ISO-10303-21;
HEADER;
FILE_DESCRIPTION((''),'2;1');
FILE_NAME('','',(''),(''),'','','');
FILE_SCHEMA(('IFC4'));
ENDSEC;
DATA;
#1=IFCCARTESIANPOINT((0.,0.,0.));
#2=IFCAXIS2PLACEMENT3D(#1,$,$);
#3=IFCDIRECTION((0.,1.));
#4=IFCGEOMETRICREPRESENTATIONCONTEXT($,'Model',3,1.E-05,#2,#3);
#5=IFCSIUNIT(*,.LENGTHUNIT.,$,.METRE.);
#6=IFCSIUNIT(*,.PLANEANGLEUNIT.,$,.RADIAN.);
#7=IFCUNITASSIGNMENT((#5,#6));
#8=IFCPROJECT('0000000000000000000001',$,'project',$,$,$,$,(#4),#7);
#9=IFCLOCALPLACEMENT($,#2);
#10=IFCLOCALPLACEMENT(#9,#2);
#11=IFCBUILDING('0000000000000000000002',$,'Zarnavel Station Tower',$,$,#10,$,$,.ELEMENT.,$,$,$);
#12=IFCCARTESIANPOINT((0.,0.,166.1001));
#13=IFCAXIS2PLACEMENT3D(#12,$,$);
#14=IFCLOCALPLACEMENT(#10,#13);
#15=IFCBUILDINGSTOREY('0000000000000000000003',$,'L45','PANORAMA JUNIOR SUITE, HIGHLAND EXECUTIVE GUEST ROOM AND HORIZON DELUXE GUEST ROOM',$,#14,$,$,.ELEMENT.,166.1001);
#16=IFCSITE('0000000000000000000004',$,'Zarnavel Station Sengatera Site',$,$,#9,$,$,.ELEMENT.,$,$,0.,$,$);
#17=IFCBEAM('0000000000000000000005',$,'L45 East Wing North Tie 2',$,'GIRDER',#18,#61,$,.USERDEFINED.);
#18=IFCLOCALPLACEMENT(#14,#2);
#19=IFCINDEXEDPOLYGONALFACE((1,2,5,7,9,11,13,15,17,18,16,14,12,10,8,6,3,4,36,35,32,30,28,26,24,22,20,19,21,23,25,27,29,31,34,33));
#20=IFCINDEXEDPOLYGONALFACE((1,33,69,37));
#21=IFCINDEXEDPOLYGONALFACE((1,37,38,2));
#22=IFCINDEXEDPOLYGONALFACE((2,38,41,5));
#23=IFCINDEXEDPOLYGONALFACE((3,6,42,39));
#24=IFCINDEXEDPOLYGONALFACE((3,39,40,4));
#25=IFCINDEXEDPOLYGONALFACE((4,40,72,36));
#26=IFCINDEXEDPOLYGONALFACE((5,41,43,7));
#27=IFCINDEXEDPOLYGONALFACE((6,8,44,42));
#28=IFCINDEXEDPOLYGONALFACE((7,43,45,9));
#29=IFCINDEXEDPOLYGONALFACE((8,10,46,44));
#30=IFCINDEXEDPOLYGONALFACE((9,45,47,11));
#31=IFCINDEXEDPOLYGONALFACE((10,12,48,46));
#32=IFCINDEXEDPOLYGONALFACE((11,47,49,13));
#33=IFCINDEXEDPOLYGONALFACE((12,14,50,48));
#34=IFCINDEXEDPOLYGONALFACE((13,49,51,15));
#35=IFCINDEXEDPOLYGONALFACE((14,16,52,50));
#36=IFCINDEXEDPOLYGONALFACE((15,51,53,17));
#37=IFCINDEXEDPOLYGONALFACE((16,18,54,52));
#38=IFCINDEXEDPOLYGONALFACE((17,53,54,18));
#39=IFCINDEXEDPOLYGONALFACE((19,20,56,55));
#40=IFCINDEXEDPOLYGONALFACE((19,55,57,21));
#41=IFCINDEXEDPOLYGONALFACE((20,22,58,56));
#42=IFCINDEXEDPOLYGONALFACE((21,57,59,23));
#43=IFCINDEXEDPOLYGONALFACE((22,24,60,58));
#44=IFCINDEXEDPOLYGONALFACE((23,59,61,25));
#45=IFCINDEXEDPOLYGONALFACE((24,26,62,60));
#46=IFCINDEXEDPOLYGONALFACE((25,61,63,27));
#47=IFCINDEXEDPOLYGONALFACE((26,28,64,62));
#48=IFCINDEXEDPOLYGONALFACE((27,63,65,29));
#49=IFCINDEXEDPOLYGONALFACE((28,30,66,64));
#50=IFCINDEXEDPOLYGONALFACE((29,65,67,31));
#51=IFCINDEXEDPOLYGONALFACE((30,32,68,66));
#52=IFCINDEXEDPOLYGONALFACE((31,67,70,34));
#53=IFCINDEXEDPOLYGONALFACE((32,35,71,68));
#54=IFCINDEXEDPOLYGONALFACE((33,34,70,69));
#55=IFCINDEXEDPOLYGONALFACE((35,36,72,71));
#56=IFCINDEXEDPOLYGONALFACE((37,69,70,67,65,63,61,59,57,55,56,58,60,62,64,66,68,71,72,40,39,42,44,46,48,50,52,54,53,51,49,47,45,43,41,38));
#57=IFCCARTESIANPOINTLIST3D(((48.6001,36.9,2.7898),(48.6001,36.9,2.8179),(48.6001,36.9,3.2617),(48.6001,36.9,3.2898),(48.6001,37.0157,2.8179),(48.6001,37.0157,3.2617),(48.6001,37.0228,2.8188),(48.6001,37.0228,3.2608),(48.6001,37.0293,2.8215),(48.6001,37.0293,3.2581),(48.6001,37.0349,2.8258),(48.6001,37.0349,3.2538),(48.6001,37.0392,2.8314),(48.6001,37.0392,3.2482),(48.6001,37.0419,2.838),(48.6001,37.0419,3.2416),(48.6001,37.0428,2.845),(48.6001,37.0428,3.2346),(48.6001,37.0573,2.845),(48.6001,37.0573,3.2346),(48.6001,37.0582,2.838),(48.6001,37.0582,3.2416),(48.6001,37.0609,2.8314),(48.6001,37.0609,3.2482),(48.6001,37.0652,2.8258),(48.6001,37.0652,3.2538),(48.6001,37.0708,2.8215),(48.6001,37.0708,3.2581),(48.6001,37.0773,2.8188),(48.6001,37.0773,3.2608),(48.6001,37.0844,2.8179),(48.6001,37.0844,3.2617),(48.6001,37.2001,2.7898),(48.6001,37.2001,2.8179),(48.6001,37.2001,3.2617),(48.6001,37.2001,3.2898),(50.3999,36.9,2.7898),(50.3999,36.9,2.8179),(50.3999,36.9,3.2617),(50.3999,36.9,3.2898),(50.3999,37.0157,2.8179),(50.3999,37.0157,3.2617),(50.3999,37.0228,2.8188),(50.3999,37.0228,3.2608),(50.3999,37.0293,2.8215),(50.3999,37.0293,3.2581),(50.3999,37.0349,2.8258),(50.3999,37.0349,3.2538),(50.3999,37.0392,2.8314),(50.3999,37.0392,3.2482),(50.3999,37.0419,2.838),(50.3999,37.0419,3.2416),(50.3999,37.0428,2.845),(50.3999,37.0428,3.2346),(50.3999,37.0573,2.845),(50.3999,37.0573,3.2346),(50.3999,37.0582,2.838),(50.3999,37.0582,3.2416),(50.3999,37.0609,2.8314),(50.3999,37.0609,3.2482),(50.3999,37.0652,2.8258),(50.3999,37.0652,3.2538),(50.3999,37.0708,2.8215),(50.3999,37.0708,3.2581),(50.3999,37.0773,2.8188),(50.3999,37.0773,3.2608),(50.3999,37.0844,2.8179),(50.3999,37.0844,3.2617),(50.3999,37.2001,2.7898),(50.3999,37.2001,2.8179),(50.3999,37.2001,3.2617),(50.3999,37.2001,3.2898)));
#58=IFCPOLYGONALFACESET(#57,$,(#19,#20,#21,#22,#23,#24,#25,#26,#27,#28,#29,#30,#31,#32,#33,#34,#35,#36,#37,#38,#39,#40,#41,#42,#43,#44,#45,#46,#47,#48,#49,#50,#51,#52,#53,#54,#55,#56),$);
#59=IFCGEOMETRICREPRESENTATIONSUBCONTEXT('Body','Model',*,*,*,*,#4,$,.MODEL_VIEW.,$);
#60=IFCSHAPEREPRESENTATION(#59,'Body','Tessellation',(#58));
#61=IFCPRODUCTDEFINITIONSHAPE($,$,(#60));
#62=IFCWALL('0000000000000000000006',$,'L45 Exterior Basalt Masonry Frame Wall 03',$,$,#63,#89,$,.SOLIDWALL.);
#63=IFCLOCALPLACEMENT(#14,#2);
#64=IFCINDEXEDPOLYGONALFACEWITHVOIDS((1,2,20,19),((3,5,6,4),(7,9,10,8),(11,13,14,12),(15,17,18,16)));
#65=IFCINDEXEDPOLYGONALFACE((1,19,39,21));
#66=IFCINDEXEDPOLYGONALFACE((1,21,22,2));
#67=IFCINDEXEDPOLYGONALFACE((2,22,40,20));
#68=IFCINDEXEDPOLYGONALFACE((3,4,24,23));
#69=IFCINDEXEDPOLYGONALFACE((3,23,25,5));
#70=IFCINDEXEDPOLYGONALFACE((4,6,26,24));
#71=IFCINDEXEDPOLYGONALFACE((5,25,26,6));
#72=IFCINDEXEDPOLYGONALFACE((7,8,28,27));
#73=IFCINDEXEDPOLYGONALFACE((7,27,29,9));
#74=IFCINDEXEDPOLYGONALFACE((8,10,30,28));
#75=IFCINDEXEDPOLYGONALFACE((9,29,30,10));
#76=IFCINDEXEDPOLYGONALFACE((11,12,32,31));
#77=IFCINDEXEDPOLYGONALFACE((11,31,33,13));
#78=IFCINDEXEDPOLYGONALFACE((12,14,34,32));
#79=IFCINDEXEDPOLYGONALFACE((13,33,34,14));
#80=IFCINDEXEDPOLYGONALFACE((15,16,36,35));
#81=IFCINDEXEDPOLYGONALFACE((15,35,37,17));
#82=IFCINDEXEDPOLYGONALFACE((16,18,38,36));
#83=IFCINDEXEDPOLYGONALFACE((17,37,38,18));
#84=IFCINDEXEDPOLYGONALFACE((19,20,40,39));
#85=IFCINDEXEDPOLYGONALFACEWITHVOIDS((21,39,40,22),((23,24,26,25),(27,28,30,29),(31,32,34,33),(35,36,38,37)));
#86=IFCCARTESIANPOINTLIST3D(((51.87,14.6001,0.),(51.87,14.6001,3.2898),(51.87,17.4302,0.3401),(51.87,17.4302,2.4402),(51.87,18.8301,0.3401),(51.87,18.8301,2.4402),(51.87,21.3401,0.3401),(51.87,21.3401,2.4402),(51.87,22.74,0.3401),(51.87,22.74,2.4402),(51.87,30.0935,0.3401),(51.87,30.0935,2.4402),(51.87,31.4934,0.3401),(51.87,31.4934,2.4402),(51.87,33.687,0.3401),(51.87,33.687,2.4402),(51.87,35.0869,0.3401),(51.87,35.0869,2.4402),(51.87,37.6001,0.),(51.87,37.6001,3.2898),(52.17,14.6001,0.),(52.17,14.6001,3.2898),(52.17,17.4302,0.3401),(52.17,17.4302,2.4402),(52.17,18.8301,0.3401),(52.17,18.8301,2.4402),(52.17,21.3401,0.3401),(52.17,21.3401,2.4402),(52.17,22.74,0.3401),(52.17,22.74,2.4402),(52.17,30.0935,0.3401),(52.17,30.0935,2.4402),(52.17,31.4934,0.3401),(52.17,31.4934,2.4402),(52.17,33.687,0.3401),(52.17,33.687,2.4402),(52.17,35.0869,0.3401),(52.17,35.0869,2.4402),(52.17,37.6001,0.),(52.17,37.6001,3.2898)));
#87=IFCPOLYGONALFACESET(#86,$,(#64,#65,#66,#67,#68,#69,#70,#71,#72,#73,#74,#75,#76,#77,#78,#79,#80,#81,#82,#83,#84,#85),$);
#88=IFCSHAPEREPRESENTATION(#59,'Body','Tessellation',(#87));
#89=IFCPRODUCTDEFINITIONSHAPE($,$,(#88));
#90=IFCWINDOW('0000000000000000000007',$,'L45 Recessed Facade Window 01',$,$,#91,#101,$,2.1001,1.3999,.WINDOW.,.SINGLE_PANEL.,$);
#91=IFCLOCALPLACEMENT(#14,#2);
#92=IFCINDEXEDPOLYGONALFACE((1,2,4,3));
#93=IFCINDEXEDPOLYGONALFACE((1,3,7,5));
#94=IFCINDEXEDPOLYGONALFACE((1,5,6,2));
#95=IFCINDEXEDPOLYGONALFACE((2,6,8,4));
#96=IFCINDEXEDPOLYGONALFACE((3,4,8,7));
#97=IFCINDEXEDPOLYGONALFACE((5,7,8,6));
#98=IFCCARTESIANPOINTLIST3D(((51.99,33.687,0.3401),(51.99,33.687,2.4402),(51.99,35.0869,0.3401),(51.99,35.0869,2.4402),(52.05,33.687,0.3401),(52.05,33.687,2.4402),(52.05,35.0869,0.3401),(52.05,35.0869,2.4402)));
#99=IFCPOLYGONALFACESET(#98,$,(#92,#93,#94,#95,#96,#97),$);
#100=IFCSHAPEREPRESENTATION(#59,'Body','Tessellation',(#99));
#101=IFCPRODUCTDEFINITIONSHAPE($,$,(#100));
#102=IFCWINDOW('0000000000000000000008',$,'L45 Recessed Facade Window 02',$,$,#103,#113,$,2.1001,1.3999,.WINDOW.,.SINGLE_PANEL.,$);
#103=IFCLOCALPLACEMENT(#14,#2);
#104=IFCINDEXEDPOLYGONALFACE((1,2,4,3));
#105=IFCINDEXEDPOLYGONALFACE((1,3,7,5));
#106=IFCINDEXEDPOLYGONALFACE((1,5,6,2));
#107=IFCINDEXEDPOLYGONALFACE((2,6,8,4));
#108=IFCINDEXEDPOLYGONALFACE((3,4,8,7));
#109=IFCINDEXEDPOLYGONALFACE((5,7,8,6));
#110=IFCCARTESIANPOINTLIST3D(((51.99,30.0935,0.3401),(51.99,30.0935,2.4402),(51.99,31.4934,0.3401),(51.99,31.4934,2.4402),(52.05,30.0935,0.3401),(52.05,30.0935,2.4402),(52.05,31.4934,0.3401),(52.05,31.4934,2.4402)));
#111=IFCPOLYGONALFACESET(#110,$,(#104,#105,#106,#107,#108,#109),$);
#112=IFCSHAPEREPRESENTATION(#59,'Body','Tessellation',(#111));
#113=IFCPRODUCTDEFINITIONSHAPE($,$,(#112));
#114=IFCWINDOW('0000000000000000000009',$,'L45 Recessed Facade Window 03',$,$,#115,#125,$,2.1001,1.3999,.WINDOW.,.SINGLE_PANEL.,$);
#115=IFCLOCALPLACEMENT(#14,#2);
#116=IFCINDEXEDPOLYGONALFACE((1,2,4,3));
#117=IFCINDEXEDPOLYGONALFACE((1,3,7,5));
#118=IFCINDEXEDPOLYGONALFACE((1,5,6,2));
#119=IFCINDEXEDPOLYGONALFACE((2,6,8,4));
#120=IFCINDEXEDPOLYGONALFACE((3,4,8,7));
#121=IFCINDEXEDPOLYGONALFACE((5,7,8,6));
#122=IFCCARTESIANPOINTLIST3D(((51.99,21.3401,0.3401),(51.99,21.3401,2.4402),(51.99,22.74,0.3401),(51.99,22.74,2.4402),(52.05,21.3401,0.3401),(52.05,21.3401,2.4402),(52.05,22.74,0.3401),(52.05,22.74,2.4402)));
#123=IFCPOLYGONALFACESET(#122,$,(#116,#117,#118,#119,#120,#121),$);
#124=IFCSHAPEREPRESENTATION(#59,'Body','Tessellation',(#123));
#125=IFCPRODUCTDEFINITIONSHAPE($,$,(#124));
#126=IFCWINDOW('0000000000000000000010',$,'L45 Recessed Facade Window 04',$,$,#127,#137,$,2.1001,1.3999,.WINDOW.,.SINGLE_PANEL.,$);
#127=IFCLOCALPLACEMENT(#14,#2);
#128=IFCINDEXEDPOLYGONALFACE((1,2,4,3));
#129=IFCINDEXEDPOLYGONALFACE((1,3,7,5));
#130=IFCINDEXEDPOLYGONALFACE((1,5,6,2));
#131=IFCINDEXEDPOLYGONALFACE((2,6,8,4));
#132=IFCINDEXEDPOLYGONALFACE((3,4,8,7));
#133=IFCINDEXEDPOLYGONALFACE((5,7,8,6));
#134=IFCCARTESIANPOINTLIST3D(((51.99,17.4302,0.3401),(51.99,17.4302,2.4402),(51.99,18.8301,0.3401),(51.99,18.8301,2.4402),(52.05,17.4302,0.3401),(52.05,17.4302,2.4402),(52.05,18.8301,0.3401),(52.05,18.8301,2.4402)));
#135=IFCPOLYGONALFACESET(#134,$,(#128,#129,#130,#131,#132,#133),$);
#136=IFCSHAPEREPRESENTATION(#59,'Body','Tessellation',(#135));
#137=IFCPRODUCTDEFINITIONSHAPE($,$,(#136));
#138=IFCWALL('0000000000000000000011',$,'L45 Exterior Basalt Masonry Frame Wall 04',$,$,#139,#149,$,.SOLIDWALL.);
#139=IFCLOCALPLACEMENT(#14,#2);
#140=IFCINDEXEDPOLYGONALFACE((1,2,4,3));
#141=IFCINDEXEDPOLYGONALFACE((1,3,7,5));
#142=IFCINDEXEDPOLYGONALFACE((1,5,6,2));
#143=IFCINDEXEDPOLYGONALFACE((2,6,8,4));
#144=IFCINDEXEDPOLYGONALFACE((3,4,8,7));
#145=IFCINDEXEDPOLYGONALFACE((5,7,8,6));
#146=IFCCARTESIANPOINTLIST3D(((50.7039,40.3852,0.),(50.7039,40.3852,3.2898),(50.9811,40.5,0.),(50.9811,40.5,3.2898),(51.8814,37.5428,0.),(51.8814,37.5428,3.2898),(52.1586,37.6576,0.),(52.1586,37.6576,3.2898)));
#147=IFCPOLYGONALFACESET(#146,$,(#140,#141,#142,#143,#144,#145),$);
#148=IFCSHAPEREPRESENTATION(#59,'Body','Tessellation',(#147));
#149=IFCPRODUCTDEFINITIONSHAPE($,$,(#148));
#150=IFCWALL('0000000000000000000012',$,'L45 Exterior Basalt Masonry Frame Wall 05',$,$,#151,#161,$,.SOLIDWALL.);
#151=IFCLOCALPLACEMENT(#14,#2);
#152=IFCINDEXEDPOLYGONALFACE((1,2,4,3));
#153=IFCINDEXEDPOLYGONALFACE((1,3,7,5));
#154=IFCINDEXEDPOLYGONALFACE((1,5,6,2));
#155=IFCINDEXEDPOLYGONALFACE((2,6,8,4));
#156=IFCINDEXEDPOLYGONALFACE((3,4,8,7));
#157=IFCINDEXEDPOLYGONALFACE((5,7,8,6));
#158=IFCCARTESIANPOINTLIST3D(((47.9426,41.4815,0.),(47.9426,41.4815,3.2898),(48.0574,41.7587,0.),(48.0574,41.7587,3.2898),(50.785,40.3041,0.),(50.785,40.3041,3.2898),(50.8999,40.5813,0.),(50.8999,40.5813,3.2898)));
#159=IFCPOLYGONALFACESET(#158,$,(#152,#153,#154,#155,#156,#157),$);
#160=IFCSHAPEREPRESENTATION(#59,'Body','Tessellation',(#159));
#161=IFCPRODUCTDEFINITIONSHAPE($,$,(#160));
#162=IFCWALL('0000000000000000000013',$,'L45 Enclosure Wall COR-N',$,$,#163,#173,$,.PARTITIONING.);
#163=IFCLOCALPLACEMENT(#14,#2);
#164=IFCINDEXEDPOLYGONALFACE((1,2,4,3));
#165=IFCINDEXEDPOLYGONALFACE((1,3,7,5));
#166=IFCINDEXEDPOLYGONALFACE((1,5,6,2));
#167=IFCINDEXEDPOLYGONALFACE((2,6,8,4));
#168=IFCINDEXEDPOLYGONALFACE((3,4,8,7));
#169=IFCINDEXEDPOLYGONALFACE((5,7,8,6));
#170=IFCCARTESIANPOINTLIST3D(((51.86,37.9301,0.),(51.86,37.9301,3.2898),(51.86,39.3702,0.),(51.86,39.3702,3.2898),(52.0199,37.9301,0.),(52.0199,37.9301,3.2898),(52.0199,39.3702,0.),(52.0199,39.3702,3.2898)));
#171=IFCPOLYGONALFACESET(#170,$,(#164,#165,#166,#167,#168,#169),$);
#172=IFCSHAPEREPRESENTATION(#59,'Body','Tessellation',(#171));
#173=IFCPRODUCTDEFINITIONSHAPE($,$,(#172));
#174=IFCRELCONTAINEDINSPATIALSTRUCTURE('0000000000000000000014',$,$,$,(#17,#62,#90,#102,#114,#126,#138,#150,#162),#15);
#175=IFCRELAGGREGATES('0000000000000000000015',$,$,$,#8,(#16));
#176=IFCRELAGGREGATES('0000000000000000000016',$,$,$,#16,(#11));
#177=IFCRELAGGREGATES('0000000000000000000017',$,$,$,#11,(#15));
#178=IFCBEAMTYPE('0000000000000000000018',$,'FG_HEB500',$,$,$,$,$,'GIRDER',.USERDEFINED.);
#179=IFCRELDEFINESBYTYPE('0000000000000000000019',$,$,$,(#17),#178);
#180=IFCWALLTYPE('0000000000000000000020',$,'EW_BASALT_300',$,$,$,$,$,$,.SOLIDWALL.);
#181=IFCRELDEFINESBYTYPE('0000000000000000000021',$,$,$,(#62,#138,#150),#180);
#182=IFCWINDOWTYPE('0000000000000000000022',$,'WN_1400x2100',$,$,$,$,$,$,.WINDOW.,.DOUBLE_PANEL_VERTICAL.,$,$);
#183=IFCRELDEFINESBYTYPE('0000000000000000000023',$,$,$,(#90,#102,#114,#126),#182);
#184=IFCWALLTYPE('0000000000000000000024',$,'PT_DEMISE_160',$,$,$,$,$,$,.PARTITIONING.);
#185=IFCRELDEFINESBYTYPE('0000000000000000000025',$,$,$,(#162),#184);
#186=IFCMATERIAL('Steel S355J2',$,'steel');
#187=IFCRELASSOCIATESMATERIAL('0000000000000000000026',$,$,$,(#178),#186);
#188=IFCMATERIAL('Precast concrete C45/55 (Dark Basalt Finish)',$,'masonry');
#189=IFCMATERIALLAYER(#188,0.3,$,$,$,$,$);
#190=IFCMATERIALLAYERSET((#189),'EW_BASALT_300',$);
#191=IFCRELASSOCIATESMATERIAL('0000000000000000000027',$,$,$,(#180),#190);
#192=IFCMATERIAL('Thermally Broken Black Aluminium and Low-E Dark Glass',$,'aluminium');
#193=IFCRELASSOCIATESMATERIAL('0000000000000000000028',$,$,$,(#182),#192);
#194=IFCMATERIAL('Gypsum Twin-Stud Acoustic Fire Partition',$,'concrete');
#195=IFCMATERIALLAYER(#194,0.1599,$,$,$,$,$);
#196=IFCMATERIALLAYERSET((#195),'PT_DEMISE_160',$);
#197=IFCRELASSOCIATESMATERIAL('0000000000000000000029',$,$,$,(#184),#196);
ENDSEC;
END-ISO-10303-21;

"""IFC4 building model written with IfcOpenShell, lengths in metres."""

from ifc_helpers import new_model, si_unit, direction, frame, frame_2d, origin, origin_2d, place, context, subcontext, project, spatial, rectangle, i_section, extrude, material, layer, layer_set, material_profile, profile_set, type_object, element, fill, save


model = new_model("IFC4")

# Units and contexts
model_context = context("Model", 3, precision=1e-05, world=origin(), true_north=direction((0.0, 1.0)))
body_context = subcontext(model_context, "Body", "Model", "MODEL_VIEW")
ifc_project = project(units=[si_unit("LENGTHUNIT", "METRE"), si_unit("PLANEANGLEUNIT", "RADIAN")], contexts=[model_context])

# Site, building, storey
site_placement = place(None, origin())
site = spatial("IfcSite", under=ifc_project, at=site_placement, Name="Zarnavel Station Sengatera Site", CompositionType="ELEMENT", RefElevation=0.0)
building_placement = place(site_placement, origin())
building = spatial("IfcBuilding", under=site, at=building_placement, Name="Zarnavel Station Tower", CompositionType="ELEMENT")
storey_placement = place(building_placement, frame((0.0, 0.0, 166.1001)))
storey = spatial("IfcBuildingStorey", under=building, at=storey_placement, Name="L45", Description="PANORAMA JUNIOR SUITE, HIGHLAND EXECUTIVE GUEST ROOM AND HORIZON DELUXE GUEST ROOM", CompositionType="ELEMENT", Elevation=166.1001)

# Beam
ifc_material_1 = material(Name="Steel S355J2", Category="steel")
ifc_material_profile_1 = material_profile(ifc_material_1, i_section(OverallWidth=0.3, OverallDepth=0.5, WebThickness=0.0144, FlangeThickness=0.0281, FilletRadius=0.0271, at=origin_2d()), Name="HEB500")
ifc_profile_set_1 = profile_set([ifc_material_profile_1], Name="Steel S355J2")
beam_type = type_object("IfcBeamType", Name="FG_HEB500", ElementType="GIRDER", PredefinedType="USERDEFINED", material=ifc_profile_set_1)
beam_1_placement = place(storey_placement, frame((48.6001, 37.05, 3.0398), z_axis=(1.0, 0.0, 0.0), x_axis=(0.0, 1.0, 0.0)))
element("IfcBeam", 1, at=beam_1_placement, inside=storey, type_object=beam_type, Name="L45 East Wing North Tie 2", ObjectType="GIRDER", PredefinedType="USERDEFINED", context=body_context, shape_type="SweptSolid", body=[
    extrude(i_section(OverallWidth=0.3, OverallDepth=0.5, WebThickness=0.0144, FlangeThickness=0.0281, FilletRadius=0.0271, at=origin_2d()), origin(), (0.0, 0.0, 1.0), 1.7998),
])

# Wall, openings, windows
ifc_material_2 = material(Name="Precast concrete C45/55 (Dark Basalt Finish)", Category="masonry")
ifc_layer_1 = layer(ifc_material_2, 0.3)
ifc_layer_set_1 = layer_set([ifc_layer_1], Name="EW_BASALT_300")
wall_type_1 = type_object("IfcWallType", Name="EW_BASALT_300", PredefinedType="SOLIDWALL", material=ifc_layer_set_1)
wall_1_placement = place(storey_placement, frame((52.02, 37.6001, 0.0), z_axis=(0.0, 0.0, 1.0), x_axis=(0.0, -1.0, 0.0)))
wall_1 = element("IfcWall", 2, at=wall_1_placement, inside=storey, type_object=wall_type_1, Name="L45 Exterior Basalt Masonry Frame Wall 03", PredefinedType="SOLIDWALL", context=body_context, shape_type="SweptSolid", body=[
    extrude(rectangle(XDim=23.0, YDim=0.3, at=frame_2d((11.5, 0.0))), origin(), (0.0, 0.0, 1.0), 3.2898),
])
opening_1_placement = place(wall_1_placement, frame((2.5132, 0.0, 0.3401)))
opening_1 = element("IfcOpeningElement", 3, at=opening_1_placement, cuts=wall_1, PredefinedType="OPENING", context=body_context, shape_type="SweptSolid", body=[
    extrude(rectangle(XDim=1.3999, YDim=2.1001, at=frame_2d((0.7, 1.05))), frame((0.0, 0.1599, 0.0), z_axis=(0.0, -1.0, 0.0), x_axis=(1.0, 0.0, 0.0)), (0.0, 0.0, 1.0), 0.3201),
])
opening_2_placement = place(wall_1_placement, frame((6.1067, 0.0, 0.3401)))
opening_2 = element("IfcOpeningElement", 4, at=opening_2_placement, cuts=wall_1, PredefinedType="OPENING", context=body_context, shape_type="SweptSolid", body=[
    extrude(rectangle(XDim=1.3999, YDim=2.1001, at=frame_2d((0.7, 1.05))), frame((0.0, 0.1599, 0.0), z_axis=(0.0, -1.0, 0.0), x_axis=(1.0, 0.0, 0.0)), (0.0, 0.0, 1.0), 0.3201),
])
opening_3_placement = place(wall_1_placement, frame((14.8601, 0.0, 0.3401)))
opening_3 = element("IfcOpeningElement", 5, at=opening_3_placement, cuts=wall_1, PredefinedType="OPENING", context=body_context, shape_type="SweptSolid", body=[
    extrude(rectangle(XDim=1.3999, YDim=2.1001, at=frame_2d((0.7, 1.05))), frame((0.0, 0.1599, 0.0), z_axis=(0.0, -1.0, 0.0), x_axis=(1.0, 0.0, 0.0)), (0.0, 0.0, 1.0), 0.3201),
])
opening_4_placement = place(wall_1_placement, frame((18.77, 0.0, 0.3401)))
opening_4 = element("IfcOpeningElement", 6, at=opening_4_placement, cuts=wall_1, PredefinedType="OPENING", context=body_context, shape_type="SweptSolid", body=[
    extrude(rectangle(XDim=1.3999, YDim=2.1001, at=frame_2d((0.7, 1.05))), frame((0.0, 0.1599, 0.0), z_axis=(0.0, -1.0, 0.0), x_axis=(1.0, 0.0, 0.0)), (0.0, 0.0, 1.0), 0.3201),
])
ifc_material_3 = material(Name="Thermally Broken Black Aluminium and Low-E Dark Glass", Category="aluminium")
window_type = type_object("IfcWindowType", Name="WN_1400x2100", PartitioningType="DOUBLE_PANEL_VERTICAL", PredefinedType="WINDOW", material=ifc_material_3)
window_1_placement = place(opening_1_placement, origin())
window_1 = element("IfcWindow", 7, at=window_1_placement, inside=storey, type_object=window_type, Name="L45 Recessed Facade Window 01", OverallHeight=2.1001, OverallWidth=1.3999, PartitioningType="SINGLE_PANEL", PredefinedType="WINDOW", context=body_context, shape_type="SweptSolid", body=[
    extrude(rectangle(XDim=1.3999, YDim=2.1001, at=frame_2d((0.7, 1.05))), frame((0.0, 0.03, 0.0), z_axis=(0.0, -1.0, 0.0), x_axis=(1.0, 0.0, 0.0)), (0.0, 0.0, 1.0), 0.0601),
])
fill(opening_1, window_1)
window_2_placement = place(opening_2_placement, origin())
window_2 = element("IfcWindow", 8, at=window_2_placement, inside=storey, type_object=window_type, Name="L45 Recessed Facade Window 02", OverallHeight=2.1001, OverallWidth=1.3999, PartitioningType="SINGLE_PANEL", PredefinedType="WINDOW", context=body_context, shape_type="SweptSolid", body=[
    extrude(rectangle(XDim=1.3999, YDim=2.1001, at=frame_2d((0.7, 1.05))), frame((0.0, 0.03, 0.0), z_axis=(0.0, -1.0, 0.0), x_axis=(1.0, 0.0, 0.0)), (0.0, 0.0, 1.0), 0.0601),
])
fill(opening_2, window_2)
window_3_placement = place(opening_3_placement, origin())
window_3 = element("IfcWindow", 9, at=window_3_placement, inside=storey, type_object=window_type, Name="L45 Recessed Facade Window 03", OverallHeight=2.1001, OverallWidth=1.3999, PartitioningType="SINGLE_PANEL", PredefinedType="WINDOW", context=body_context, shape_type="SweptSolid", body=[
    extrude(rectangle(XDim=1.3999, YDim=2.1001, at=frame_2d((0.7, 1.05))), frame((0.0, 0.03, 0.0), z_axis=(0.0, -1.0, 0.0), x_axis=(1.0, 0.0, 0.0)), (0.0, 0.0, 1.0), 0.0601),
])
fill(opening_3, window_3)
window_4_placement = place(opening_4_placement, origin())
window_4 = element("IfcWindow", 10, at=window_4_placement, inside=storey, type_object=window_type, Name="L45 Recessed Facade Window 04", OverallHeight=2.1001, OverallWidth=1.3999, PartitioningType="SINGLE_PANEL", PredefinedType="WINDOW", context=body_context, shape_type="SweptSolid", body=[
    extrude(rectangle(XDim=1.3999, YDim=2.1001, at=frame_2d((0.7, 1.05))), frame((0.0, 0.03, 0.0), z_axis=(0.0, -1.0, 0.0), x_axis=(1.0, 0.0, 0.0)), (0.0, 0.0, 1.0), 0.0601),
])
fill(opening_4, window_4)

# Walls
for number, where, z_axis, x_axis, name in (
    (11, (50.8425, 40.4426, 0.0), (0.0, 0.0, 1.0), (0.382705, -0.923871, 0.0), "L45 Exterior Basalt Masonry Frame Wall 04"),
    (12, (48.0, 41.6201, 0.0), (0.0, 0.0, 1.0), (0.923871, -0.382705, 0.0), "L45 Exterior Basalt Masonry Frame Wall 05"),
):
    element("IfcWall", number, at=place(storey_placement, frame(where, z_axis=z_axis, x_axis=x_axis)), inside=storey, type_object=wall_type_1, Name=name, PredefinedType="SOLIDWALL", context=body_context, shape_type="SweptSolid", body=[
        extrude(rectangle(XDim=3.0767, YDim=0.3, at=frame_2d((1.5383, 0.0))), origin(), (0.0, 0.0, 1.0), 3.2898),
    ])
ifc_material_4 = material(Name="Gypsum Twin-Stud Acoustic Fire Partition", Category="concrete")
ifc_layer_2 = layer(ifc_material_4, 0.1599)
ifc_layer_set_2 = layer_set([ifc_layer_2], Name="PT_DEMISE_160")
wall_type_2 = type_object("IfcWallType", Name="PT_DEMISE_160", PredefinedType="PARTITIONING", material=ifc_layer_set_2)
wall_2_placement = place(storey_placement, frame((51.9399, 37.9299, 0.0), z_axis=(0.0, 0.0, 1.0), x_axis=(0.0, 1.0, 0.0)))
element("IfcWall", 13, at=wall_2_placement, inside=storey, type_object=wall_type_2, Name="L45 Enclosure Wall COR-N", PredefinedType="PARTITIONING", context=body_context, shape_type="SweptSolid", body=[
    extrude(rectangle(XDim=1.4402, YDim=0.1599, at=frame_2d((0.7202, 0.0))), origin(), (0.0, 0.0, 1.0), 3.2898),
])

save(model, "model.ifc")
